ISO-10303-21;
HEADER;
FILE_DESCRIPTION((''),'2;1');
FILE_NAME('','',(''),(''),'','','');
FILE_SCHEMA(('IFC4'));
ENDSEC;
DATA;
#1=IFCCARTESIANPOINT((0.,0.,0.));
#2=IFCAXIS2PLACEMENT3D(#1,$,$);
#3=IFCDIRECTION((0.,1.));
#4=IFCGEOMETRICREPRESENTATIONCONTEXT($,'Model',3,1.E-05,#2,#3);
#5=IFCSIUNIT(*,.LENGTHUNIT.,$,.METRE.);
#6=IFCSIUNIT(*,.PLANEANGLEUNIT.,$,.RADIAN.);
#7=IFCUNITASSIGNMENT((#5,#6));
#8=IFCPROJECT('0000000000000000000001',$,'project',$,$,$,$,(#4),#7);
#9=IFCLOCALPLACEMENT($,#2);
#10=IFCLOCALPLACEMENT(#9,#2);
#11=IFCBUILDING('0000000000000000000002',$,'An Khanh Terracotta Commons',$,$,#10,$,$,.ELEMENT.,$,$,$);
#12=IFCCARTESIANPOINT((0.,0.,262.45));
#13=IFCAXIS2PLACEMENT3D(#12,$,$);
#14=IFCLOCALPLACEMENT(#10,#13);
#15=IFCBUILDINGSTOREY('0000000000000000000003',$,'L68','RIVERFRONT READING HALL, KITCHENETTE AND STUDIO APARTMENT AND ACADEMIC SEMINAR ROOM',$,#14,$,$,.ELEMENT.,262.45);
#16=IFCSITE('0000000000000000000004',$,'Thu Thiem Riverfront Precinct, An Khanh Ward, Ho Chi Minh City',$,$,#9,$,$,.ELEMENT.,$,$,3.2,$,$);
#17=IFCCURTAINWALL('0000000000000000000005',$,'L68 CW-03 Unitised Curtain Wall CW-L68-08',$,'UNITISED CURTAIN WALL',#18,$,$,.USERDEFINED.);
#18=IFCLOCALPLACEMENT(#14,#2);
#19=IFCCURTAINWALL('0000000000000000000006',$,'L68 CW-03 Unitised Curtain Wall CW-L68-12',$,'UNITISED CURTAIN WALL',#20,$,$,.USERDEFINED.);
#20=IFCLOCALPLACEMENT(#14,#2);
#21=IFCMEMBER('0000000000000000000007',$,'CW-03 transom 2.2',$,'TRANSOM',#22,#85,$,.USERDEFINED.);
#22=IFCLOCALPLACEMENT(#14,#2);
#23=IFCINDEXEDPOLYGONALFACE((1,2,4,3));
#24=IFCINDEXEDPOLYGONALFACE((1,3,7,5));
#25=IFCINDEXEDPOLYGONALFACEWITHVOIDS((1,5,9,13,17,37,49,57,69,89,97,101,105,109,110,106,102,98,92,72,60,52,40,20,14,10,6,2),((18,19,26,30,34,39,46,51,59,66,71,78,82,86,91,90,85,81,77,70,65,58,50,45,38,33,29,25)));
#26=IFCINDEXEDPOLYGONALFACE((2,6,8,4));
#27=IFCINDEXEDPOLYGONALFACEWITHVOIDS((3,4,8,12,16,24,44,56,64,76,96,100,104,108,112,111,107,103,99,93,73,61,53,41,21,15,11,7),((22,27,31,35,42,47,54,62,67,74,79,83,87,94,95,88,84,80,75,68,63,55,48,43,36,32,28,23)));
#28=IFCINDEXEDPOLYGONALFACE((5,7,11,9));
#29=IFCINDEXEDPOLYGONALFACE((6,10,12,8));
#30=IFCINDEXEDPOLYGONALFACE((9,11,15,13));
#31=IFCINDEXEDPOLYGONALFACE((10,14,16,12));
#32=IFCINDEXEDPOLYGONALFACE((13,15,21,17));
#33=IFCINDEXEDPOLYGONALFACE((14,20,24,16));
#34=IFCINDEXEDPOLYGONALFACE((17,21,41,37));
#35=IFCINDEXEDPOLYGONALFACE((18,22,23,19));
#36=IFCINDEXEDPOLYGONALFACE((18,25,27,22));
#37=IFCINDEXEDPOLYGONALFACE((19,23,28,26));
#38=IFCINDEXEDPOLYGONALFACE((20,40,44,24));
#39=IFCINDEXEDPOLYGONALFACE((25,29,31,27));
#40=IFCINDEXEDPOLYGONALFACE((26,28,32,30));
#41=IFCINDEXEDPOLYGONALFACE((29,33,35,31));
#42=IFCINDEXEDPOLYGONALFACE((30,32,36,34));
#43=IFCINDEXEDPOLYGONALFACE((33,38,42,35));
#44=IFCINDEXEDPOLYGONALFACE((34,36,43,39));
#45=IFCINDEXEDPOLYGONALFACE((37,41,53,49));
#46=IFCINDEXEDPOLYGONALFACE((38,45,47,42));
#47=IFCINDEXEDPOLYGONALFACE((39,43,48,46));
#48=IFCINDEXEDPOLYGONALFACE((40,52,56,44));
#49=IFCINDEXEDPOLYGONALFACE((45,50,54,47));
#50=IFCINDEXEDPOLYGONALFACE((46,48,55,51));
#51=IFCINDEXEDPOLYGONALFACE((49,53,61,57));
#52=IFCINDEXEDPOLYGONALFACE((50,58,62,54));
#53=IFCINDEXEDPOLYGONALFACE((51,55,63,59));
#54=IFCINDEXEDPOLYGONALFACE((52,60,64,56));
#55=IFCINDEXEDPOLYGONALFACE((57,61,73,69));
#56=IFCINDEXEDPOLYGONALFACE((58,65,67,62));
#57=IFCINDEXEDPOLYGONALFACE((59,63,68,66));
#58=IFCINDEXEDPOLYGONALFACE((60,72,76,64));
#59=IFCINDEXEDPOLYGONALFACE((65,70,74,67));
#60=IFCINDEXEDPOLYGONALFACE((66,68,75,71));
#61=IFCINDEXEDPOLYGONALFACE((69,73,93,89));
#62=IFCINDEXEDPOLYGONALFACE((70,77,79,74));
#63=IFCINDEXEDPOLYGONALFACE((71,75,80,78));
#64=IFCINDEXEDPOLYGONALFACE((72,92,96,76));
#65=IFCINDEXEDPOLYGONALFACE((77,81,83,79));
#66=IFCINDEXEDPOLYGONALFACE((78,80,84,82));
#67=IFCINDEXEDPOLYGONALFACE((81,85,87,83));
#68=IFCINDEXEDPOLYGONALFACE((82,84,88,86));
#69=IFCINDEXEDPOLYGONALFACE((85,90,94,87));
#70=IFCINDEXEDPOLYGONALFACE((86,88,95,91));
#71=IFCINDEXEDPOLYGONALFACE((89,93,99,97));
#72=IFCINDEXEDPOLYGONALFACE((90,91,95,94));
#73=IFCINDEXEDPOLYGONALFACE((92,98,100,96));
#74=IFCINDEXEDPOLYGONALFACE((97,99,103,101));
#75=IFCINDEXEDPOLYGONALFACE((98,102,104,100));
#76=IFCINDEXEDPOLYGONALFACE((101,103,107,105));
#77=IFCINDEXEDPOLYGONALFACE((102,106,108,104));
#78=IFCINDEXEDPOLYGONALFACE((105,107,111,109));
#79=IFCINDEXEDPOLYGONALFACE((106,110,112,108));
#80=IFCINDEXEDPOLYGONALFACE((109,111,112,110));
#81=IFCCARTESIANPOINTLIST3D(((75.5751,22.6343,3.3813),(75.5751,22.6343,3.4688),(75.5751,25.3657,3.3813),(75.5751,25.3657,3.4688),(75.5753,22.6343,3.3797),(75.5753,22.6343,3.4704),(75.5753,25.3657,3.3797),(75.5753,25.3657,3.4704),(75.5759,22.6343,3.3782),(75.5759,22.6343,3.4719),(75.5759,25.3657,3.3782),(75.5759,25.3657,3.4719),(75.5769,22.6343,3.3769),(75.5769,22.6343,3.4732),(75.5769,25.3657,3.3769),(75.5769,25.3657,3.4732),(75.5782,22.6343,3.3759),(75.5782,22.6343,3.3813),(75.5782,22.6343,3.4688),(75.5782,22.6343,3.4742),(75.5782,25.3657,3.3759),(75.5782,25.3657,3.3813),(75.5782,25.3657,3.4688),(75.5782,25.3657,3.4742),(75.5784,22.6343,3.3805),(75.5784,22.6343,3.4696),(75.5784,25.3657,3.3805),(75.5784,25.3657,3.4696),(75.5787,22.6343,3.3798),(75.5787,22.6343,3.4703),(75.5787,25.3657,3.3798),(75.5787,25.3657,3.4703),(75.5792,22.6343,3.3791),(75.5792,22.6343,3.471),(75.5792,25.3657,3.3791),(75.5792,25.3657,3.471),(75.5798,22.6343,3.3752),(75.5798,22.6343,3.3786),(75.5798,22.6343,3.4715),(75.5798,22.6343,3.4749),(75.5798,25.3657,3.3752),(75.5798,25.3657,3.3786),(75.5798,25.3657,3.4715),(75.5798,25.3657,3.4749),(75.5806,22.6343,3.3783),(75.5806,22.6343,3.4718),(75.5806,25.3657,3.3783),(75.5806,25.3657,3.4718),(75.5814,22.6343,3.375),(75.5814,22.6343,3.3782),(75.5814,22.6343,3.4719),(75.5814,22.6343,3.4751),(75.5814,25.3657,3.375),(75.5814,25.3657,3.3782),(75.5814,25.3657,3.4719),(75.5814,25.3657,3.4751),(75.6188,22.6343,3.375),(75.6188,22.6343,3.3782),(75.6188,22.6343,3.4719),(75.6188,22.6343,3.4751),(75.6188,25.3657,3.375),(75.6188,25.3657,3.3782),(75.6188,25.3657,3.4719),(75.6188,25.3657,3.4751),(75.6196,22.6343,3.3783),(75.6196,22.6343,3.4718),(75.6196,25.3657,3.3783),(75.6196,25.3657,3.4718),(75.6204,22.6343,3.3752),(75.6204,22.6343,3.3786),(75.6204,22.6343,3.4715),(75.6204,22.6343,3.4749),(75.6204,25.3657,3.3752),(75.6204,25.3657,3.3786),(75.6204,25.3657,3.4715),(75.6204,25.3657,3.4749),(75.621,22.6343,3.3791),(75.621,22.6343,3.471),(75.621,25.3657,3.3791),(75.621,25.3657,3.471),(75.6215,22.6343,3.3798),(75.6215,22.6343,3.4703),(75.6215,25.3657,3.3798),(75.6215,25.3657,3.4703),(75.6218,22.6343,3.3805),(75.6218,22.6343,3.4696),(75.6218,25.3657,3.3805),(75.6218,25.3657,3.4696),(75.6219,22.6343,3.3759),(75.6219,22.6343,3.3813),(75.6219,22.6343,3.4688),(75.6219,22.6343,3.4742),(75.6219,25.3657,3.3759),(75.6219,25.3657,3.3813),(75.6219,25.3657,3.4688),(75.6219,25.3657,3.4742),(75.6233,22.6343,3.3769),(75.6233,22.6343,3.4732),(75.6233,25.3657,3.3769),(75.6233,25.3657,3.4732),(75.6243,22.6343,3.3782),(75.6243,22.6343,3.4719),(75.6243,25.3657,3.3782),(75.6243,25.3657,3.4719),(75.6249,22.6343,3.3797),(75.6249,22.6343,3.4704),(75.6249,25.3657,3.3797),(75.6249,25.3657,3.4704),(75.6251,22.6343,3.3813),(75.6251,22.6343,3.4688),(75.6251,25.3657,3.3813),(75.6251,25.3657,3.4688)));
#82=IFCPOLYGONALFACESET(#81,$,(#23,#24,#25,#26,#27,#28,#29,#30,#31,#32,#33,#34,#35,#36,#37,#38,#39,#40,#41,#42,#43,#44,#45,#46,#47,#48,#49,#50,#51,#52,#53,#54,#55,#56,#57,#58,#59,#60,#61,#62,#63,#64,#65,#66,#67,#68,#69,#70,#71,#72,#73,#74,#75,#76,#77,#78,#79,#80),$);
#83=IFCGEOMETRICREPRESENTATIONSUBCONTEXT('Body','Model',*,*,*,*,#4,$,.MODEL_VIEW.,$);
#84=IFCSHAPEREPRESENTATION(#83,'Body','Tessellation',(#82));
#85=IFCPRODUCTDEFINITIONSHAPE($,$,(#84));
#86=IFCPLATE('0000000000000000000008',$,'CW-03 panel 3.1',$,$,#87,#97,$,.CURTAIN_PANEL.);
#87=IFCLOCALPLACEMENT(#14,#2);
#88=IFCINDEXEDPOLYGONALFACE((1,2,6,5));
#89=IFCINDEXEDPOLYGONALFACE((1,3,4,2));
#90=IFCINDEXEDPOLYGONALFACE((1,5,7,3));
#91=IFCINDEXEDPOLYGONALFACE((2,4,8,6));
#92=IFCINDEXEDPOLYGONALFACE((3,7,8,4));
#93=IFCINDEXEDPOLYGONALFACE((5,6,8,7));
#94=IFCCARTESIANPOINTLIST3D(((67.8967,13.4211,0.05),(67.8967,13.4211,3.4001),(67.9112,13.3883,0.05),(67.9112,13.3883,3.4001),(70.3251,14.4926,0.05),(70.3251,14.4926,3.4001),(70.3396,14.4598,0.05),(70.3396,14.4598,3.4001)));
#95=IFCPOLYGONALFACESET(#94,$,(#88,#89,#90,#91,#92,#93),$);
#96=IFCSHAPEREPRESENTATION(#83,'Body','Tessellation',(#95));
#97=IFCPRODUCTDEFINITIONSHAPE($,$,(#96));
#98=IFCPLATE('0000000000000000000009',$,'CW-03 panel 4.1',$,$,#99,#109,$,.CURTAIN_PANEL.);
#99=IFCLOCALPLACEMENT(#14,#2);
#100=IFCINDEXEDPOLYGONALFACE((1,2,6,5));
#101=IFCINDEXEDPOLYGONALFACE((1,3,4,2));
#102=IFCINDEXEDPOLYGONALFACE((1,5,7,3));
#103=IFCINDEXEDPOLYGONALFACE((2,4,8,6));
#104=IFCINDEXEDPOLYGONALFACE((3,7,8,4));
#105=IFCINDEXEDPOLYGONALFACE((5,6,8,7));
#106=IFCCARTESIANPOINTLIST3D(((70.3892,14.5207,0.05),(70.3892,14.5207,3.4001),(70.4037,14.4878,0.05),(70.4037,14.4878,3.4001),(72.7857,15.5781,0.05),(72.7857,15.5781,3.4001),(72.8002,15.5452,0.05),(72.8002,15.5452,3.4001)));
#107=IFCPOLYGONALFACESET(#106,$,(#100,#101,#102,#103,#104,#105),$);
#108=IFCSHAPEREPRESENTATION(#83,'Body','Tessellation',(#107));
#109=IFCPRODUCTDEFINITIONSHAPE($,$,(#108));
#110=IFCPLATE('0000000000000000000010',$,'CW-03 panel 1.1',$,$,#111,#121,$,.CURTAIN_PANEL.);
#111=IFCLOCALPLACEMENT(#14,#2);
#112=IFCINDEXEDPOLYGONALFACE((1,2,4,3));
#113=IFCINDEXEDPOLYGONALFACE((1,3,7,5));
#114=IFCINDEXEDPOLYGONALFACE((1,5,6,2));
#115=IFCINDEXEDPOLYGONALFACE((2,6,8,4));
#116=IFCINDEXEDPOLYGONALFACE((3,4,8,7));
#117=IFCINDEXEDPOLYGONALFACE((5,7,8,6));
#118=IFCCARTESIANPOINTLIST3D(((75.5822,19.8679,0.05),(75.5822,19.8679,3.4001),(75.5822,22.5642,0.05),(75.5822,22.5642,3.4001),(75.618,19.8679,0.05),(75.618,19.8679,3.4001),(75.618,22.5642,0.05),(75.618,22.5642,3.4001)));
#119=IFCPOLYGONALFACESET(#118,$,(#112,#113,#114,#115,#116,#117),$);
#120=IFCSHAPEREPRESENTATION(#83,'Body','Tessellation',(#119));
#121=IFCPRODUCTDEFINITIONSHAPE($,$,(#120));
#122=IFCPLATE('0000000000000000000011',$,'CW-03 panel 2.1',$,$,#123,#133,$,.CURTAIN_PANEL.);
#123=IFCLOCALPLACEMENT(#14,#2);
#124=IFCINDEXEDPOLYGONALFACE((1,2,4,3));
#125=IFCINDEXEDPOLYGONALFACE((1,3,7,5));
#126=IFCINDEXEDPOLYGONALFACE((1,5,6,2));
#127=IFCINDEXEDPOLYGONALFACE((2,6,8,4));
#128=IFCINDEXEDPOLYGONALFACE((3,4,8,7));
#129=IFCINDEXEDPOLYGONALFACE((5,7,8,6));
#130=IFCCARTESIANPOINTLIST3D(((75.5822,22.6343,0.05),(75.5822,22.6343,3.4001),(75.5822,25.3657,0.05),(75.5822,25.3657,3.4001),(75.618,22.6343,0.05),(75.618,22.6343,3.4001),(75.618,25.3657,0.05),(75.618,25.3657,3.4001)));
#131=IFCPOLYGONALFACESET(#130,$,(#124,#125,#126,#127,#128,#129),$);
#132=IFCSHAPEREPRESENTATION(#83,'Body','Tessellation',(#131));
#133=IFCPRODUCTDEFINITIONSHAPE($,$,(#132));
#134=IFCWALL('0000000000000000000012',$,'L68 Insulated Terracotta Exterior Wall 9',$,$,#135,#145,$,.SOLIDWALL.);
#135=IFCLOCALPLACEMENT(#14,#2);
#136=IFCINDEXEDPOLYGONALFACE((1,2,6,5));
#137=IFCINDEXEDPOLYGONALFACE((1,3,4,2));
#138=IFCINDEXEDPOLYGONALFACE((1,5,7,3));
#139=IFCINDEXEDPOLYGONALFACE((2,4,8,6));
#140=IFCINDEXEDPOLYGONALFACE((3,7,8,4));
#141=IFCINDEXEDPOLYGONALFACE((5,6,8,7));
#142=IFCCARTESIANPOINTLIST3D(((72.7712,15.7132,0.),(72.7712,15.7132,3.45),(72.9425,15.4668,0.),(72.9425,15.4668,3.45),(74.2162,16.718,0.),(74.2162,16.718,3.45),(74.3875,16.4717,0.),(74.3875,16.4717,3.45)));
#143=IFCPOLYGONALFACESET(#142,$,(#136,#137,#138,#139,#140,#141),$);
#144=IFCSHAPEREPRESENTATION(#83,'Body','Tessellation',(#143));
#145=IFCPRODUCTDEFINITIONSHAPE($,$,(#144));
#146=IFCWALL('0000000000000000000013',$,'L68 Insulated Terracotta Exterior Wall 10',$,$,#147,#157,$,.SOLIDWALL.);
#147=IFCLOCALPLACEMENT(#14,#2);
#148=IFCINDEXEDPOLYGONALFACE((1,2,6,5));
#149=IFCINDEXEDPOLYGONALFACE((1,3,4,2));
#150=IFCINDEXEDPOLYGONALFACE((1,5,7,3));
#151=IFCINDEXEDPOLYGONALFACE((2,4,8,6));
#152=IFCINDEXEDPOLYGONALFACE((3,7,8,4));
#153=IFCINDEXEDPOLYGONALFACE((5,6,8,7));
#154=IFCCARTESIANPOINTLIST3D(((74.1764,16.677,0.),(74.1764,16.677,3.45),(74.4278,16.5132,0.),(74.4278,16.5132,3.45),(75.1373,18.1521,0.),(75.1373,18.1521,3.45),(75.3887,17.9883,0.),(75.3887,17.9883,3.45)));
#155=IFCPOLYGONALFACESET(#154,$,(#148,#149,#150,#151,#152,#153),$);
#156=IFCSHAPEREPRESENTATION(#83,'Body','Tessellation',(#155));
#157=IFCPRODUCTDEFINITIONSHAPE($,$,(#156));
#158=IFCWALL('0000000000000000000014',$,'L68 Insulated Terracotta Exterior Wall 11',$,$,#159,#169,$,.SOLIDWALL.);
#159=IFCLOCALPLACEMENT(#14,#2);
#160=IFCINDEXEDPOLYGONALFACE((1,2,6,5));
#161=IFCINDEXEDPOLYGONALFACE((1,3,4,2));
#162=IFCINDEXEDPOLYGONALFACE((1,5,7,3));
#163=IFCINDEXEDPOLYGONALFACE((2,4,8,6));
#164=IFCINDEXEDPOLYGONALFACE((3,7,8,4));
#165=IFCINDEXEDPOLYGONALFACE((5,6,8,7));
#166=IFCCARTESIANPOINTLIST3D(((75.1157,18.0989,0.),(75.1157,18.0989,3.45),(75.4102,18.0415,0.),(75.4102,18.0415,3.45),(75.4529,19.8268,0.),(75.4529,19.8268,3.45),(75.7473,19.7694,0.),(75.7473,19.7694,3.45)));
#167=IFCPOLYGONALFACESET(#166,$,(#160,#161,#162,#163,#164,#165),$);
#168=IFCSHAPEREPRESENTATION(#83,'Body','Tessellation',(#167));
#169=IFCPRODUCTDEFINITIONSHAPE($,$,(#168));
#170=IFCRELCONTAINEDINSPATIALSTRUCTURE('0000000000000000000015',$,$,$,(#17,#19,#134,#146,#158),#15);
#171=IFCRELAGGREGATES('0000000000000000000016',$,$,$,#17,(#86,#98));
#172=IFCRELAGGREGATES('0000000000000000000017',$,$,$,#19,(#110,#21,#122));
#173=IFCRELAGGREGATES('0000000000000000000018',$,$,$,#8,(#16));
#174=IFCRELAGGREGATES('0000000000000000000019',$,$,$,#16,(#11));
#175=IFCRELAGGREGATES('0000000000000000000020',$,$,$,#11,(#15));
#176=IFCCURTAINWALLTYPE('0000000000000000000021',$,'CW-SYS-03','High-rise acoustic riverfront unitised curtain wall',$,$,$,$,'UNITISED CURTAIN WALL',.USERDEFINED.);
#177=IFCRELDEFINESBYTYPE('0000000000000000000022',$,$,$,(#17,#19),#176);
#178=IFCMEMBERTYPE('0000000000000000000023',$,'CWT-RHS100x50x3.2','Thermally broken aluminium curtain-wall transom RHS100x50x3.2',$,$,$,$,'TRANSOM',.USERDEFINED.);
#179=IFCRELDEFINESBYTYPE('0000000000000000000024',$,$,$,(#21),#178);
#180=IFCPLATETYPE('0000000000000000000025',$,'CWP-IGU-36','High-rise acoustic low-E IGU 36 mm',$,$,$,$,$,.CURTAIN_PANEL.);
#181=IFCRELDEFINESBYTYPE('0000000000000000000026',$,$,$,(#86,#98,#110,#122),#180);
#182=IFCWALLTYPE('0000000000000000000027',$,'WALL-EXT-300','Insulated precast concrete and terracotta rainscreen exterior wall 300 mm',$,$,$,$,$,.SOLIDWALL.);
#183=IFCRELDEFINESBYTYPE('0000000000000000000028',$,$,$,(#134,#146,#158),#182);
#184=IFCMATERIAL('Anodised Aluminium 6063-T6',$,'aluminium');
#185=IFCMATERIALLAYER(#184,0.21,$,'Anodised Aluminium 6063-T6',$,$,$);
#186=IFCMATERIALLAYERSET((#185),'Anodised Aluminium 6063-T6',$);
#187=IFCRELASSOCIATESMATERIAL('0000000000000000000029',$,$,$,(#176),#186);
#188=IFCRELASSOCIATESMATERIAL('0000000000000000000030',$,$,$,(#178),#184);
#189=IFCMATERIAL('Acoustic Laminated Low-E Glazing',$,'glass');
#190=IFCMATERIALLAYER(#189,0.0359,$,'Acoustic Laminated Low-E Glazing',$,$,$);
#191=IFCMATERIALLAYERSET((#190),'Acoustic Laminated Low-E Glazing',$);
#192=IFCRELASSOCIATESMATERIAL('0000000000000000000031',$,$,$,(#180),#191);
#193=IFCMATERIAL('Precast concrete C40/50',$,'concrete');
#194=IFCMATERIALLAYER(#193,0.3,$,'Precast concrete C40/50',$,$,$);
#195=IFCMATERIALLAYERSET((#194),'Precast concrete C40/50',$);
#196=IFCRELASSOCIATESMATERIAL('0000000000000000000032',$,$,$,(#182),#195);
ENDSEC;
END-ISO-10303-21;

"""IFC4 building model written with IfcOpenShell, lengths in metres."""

from ifc_helpers import new_model, si_unit, direction, frame, frame_2d, origin, origin_2d, place, context, subcontext, project, spatial, rectangle, hollow_rectangle, extrude, material, layer, layer_set, material_profile, profile_set, type_object, element, aggregate, save


model = new_model("IFC4")

# Units and contexts
model_context = context("Model", 3, precision=1e-05, world=origin(), true_north=direction((0.0, 1.0)))
body_context = subcontext(model_context, "Body", "Model", "MODEL_VIEW")
ifc_project = project(units=[si_unit("LENGTHUNIT", "METRE"), si_unit("PLANEANGLEUNIT", "RADIAN")], contexts=[model_context])

# Site, building, storey
site_placement = place(None, origin())
site = spatial("IfcSite", under=ifc_project, at=site_placement, Name="Thu Thiem Riverfront Precinct, An Khanh Ward, Ho Chi Minh City", CompositionType="ELEMENT", RefElevation=3.2)
building_placement = place(site_placement, origin())
building = spatial("IfcBuilding", under=site, at=building_placement, Name="An Khanh Terracotta Commons", CompositionType="ELEMENT")
storey_placement = place(building_placement, frame((0.0, 0.0, 262.45)))
storey = spatial("IfcBuildingStorey", under=building, at=storey_placement, Name="L68", Description="RIVERFRONT READING HALL, KITCHENETTE AND STUDIO APARTMENT AND ACADEMIC SEMINAR ROOM", CompositionType="ELEMENT", Elevation=262.45)

# Curtain walls
ifc_material_1 = material(Name="Anodised Aluminium 6063-T6", Category="aluminium")
ifc_layer_1 = layer(ifc_material_1, 0.21, Name="Anodised Aluminium 6063-T6")
ifc_layer_set_1 = layer_set([ifc_layer_1], Name="Anodised Aluminium 6063-T6")
curtain_wall_type = type_object("IfcCurtainWallType", Name="CW-SYS-03", Description="High-rise acoustic riverfront unitised curtain wall", ElementType="UNITISED CURTAIN WALL", PredefinedType="USERDEFINED", material=ifc_layer_set_1)
curtain_wall_1_placement = place(storey_placement, origin())
curtain_wall_1 = element("IfcCurtainWall", 1, at=curtain_wall_1_placement, inside=storey, type_object=curtain_wall_type, Name="L68 CW-03 Unitised Curtain Wall CW-L68-08", ObjectType="UNITISED CURTAIN WALL", PredefinedType="USERDEFINED")
curtain_wall_2_placement = place(storey_placement, origin())
curtain_wall_2 = element("IfcCurtainWall", 2, at=curtain_wall_2_placement, inside=storey, type_object=curtain_wall_type, Name="L68 CW-03 Unitised Curtain Wall CW-L68-12", ObjectType="UNITISED CURTAIN WALL", PredefinedType="USERDEFINED")

# Member
ifc_material_profile_1 = material_profile(ifc_material_1, hollow_rectangle(XDim=0.05, YDim=0.1001, WallThickness=0.0032, InnerFilletRadius=0.0032, OuterFilletRadius=0.0063, at=origin_2d()), Name="RHS100x50x3.2")
ifc_profile_set_1 = profile_set([ifc_material_profile_1], Name="Anodised Aluminium 6063-T6")
member_type_1 = type_object("IfcMemberType", Name="CWT-RHS100x50x3.2", Description="Thermally broken aluminium curtain-wall transom RHS100x50x3.2", ElementType="TRANSOM", PredefinedType="USERDEFINED", material=ifc_profile_set_1)
member_1_placement = place(storey_placement, frame((75.6001, 22.6343, 3.425), z_axis=(0.0, 1.0, 0.0), x_axis=(-1.0, 0.0, 0.0)))
member_1 = element("IfcMember", 3, at=member_1_placement, type_object=member_type_1, Name="CW-03 transom 2.2", ObjectType="TRANSOM", PredefinedType="USERDEFINED", context=body_context, shape_type="SweptSolid", body=[
    extrude(hollow_rectangle(XDim=0.05, YDim=0.1001, WallThickness=0.0032, InnerFilletRadius=0.0032, OuterFilletRadius=0.0063, at=origin_2d()), origin(), (0.0, 0.0, 1.0), 2.7314),
])

# Plates
ifc_material_2 = material(Name="Acoustic Laminated Low-E Glazing", Category="glass")
ifc_layer_2 = layer(ifc_material_2, 0.0359, Name="Acoustic Laminated Low-E Glazing")
ifc_layer_set_2 = layer_set([ifc_layer_2], Name="Acoustic Laminated Low-E Glazing")
plate_type = type_object("IfcPlateType", Name="CWP-IGU-36", Description="High-rise acoustic low-E IGU 36 mm", PredefinedType="CURTAIN_PANEL", material=ifc_layer_set_2)
plate_1_placement = place(storey_placement, frame((69.1182, 13.9404, 0.05), z_axis=(0.0, 0.0, 1.0), x_axis=(0.914902, 0.403676, 0.0)))
plate_1 = element("IfcPlate", 4, at=plate_1_placement, type_object=plate_type, Name="CW-03 panel 3.1", PredefinedType="CURTAIN_PANEL", context=body_context, shape_type="SweptSolid", body=[
    extrude(rectangle(XDim=2.6543, YDim=0.0359, at=origin_2d()), origin(), (0.0, 0.0, 1.0), 3.3501),
])
plate_2_placement = place(storey_placement, frame((71.5947, 15.033, 0.05), z_axis=(0.0, 0.0, 1.0), x_axis=(0.914902, 0.403676, 0.0)))
plate_2 = element("IfcPlate", 5, at=plate_2_placement, type_object=plate_type, Name="CW-03 panel 4.1", PredefinedType="CURTAIN_PANEL", context=body_context, shape_type="SweptSolid", body=[
    extrude(rectangle(XDim=2.6194, YDim=0.0359, at=origin_2d()), origin(), (0.0, 0.0, 1.0), 3.3501),
])
aggregate(curtain_wall_1, [plate_1, plate_2])
plate_3_placement = place(storey_placement, frame((75.6001, 21.2161, 0.05), z_axis=(0.0, 0.0, 1.0), x_axis=(0.0, 1.0, 0.0)))
plate_3 = element("IfcPlate", 6, at=plate_3_placement, type_object=plate_type, Name="CW-03 panel 1.1", PredefinedType="CURTAIN_PANEL", context=body_context, shape_type="SweptSolid", body=[
    extrude(rectangle(XDim=2.6963, YDim=0.0359, at=origin_2d()), origin(), (0.0, 0.0, 1.0), 3.3501),
])
plate_4_placement = place(storey_placement, frame((75.6001, 24.0, 0.05), z_axis=(0.0, 0.0, 1.0), x_axis=(0.0, 1.0, 0.0)))
plate_4 = element("IfcPlate", 7, at=plate_4_placement, type_object=plate_type, Name="CW-03 panel 2.1", PredefinedType="CURTAIN_PANEL", context=body_context, shape_type="SweptSolid", body=[
    extrude(rectangle(XDim=2.7314, YDim=0.0359, at=origin_2d()), origin(), (0.0, 0.0, 1.0), 3.3501),
])
aggregate(curtain_wall_2, [plate_3, member_1, plate_4])

# Walls
ifc_material_3 = material(Name="Precast concrete C40/50", Category="concrete")
ifc_layer_3 = layer(ifc_material_3, 0.3, Name="Precast concrete C40/50")
ifc_layer_set_3 = layer_set([ifc_layer_3], Name="Precast concrete C40/50")
wall_type_1 = type_object("IfcWallType", Name="WALL-EXT-300", Description="Insulated precast concrete and terracotta rainscreen exterior wall 300 mm", PredefinedType="SOLIDWALL", material=ifc_layer_set_3)
wall_1_placement = place(storey_placement, frame((72.8569, 15.5901, 0.0), z_axis=(0.0, 0.0, 1.0), x_axis=(0.821007, 0.570918, 0.0)))
element("IfcWall", 8, at=wall_1_placement, inside=storey, type_object=wall_type_1, Name="L68 Insulated Terracotta Exterior Wall 9", PredefinedType="SOLIDWALL", context=body_context, shape_type="SweptSolid", body=[
    extrude(rectangle(XDim=1.76, YDim=0.3, at=frame_2d((0.8799, 0.0))), origin(), (0.0, 0.0, 1.0), 3.45),
])
for number, where, z_axis, x_axis, name in (
    (9, (74.302, 16.595, 0.0), (0.0, 0.0, 1.0), (0.545836, 0.837892, 0.0), "L68 Insulated Terracotta Exterior Wall 10"),
    (10, (75.2629, 18.0701, 0.0), (0.0, 0.0, 1.0), (0.191501, 0.981492, 0.0), "L68 Insulated Terracotta Exterior Wall 11"),
):
    element("IfcWall", number, at=place(storey_placement, frame(where, z_axis=z_axis, x_axis=x_axis)), inside=storey, type_object=wall_type_1, Name=name, PredefinedType="SOLIDWALL", context=body_context, shape_type="SweptSolid", body=[
        extrude(rectangle(XDim=1.7605, YDim=0.3, at=frame_2d((0.8804, 0.0))), origin(), (0.0, 0.0, 1.0), 3.45),
    ])

save(model, "model.ifc")
